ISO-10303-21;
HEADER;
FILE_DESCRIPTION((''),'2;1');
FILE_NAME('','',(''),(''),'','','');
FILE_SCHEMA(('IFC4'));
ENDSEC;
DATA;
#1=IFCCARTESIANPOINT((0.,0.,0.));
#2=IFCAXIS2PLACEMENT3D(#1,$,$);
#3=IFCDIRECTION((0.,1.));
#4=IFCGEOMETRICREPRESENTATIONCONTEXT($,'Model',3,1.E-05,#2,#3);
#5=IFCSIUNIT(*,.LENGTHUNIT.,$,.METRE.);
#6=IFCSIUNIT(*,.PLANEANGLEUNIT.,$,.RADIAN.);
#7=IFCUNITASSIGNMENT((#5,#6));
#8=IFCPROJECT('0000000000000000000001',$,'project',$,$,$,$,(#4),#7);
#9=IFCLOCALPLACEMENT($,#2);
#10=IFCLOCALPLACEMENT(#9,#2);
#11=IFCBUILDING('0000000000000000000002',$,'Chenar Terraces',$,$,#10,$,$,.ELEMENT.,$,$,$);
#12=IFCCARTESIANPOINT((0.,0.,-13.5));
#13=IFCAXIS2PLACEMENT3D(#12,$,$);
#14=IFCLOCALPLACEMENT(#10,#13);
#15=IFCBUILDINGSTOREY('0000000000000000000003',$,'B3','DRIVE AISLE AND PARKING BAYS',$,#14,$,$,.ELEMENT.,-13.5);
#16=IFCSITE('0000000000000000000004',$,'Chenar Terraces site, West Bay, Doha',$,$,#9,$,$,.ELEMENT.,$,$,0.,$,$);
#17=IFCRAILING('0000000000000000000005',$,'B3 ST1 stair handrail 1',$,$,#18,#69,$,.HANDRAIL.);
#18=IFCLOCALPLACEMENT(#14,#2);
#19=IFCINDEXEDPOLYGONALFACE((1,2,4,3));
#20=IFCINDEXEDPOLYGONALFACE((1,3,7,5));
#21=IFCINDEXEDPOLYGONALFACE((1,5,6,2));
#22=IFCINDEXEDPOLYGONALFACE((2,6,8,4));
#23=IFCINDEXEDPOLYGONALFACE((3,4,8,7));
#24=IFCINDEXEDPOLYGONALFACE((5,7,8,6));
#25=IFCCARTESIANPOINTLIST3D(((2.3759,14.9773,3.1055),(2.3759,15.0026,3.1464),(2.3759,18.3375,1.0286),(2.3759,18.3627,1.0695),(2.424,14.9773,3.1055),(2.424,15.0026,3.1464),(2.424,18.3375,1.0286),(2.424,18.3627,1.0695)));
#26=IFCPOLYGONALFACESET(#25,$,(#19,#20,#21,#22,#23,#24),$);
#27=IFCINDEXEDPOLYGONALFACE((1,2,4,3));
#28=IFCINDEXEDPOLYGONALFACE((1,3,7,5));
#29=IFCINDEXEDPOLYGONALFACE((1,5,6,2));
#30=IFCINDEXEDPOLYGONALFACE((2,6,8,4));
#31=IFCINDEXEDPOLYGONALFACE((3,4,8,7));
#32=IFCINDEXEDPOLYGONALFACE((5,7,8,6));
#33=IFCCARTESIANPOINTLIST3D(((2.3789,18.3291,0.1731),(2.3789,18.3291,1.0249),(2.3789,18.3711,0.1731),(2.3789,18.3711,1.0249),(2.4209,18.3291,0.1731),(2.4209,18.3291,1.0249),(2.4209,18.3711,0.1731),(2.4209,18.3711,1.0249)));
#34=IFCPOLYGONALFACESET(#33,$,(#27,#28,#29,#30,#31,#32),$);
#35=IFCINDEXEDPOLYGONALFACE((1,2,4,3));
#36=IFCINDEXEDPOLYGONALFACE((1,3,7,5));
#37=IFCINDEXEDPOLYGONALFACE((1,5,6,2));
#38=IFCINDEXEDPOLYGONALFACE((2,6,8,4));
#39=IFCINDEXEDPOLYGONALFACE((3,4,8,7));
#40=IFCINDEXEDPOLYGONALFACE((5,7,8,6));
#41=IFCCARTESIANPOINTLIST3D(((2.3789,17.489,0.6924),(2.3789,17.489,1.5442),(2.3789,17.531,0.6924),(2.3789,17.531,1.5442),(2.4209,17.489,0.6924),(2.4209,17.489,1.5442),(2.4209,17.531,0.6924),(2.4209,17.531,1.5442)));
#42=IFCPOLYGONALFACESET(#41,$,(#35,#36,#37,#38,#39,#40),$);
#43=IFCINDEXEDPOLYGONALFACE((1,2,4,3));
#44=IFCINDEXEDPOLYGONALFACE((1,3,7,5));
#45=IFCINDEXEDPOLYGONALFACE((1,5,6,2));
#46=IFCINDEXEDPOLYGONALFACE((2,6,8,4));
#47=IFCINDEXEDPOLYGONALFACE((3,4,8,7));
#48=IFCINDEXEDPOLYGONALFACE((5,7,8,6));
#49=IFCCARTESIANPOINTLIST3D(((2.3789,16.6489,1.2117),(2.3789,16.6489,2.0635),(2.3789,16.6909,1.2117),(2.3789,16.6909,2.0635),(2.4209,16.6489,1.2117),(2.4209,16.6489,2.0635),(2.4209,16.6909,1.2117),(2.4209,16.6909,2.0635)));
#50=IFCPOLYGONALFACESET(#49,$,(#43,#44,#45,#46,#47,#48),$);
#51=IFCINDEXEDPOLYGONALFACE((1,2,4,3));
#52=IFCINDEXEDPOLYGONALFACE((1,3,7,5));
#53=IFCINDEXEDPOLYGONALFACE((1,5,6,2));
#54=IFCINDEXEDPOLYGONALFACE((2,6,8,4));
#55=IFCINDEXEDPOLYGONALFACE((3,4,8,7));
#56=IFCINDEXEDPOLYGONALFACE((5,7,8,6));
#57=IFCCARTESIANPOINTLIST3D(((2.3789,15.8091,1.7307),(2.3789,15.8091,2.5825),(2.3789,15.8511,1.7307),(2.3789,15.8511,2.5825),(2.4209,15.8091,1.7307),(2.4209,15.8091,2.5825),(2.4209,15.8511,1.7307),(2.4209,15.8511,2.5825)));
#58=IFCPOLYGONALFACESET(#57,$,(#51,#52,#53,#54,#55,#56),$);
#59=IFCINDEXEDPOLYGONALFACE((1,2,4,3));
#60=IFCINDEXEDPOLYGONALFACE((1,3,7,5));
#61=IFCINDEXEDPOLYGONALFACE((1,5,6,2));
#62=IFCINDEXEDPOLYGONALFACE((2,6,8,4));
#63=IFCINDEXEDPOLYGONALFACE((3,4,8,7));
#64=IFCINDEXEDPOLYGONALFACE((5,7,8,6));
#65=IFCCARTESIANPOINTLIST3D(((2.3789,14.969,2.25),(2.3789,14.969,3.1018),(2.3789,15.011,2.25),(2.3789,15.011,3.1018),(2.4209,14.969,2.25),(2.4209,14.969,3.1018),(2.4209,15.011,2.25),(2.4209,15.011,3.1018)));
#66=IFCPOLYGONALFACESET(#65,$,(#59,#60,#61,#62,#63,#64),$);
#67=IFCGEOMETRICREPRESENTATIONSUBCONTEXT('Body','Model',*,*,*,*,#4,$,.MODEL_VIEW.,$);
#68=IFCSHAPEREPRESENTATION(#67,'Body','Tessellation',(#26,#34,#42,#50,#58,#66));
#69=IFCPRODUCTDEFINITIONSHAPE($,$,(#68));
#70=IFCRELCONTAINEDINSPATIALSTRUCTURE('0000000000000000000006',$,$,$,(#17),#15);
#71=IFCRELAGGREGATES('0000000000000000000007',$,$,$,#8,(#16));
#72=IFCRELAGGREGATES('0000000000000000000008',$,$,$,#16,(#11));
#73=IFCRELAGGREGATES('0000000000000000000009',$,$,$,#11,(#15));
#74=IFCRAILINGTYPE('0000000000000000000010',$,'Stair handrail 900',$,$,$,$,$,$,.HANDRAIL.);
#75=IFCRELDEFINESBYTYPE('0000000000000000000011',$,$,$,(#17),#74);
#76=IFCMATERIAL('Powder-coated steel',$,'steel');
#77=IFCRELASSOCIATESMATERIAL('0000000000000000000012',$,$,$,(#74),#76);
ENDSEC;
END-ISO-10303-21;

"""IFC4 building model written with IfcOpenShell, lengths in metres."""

from ifc_helpers import new_model, si_unit, direction, frame, origin, origin_2d, place, context, subcontext, project, spatial, rectangle, extrude, material, type_object, element, save


model = new_model("IFC4")

# Units and contexts
model_context = context("Model", 3, precision=1e-05, world=origin(), true_north=direction((0.0, 1.0)))
body_context = subcontext(model_context, "Body", "Model", "MODEL_VIEW")
ifc_project = project(units=[si_unit("LENGTHUNIT", "METRE"), si_unit("PLANEANGLEUNIT", "RADIAN")], contexts=[model_context])

# Site, building, storey
site_placement = place(None, origin())
site = spatial("IfcSite", under=ifc_project, at=site_placement, Name="Chenar Terraces site, West Bay, Doha", CompositionType="ELEMENT", RefElevation=0.0)
building_placement = place(site_placement, origin())
building = spatial("IfcBuilding", under=site, at=building_placement, Name="Chenar Terraces", CompositionType="ELEMENT")
storey_placement = place(building_placement, frame((0.0, 0.0, -13.5)))
storey = spatial("IfcBuildingStorey", under=building, at=storey_placement, Name="B3", Description="DRIVE AISLE AND PARKING BAYS", CompositionType="ELEMENT", Elevation=-13.5)

# Railing
ifc_material_1 = material(Name="Powder-coated steel", Category="steel")
railing_type_1 = type_object("IfcRailingType", Name="Stair handrail 900", PredefinedType="HANDRAIL", material=ifc_material_1)
railing_1_placement = place(storey_placement, frame((2.3999, 18.3501, 0.1731)))
element("IfcRailing", 1, at=railing_1_placement, inside=storey, type_object=railing_type_1, Name="B3 ST1 stair handrail 1", PredefinedType="HANDRAIL", context=body_context, shape_type="SweptSolid", body=[
    extrude(rectangle(XDim=0.0481, YDim=0.0481, at=origin_2d()), frame((0.0, 0.0, 0.876), z_axis=(0.0, -0.850623, 0.525776), x_axis=(1.0, 0.0, 0.0)), (0.0, 0.0, 1.0), 3.9502),
    extrude(rectangle(XDim=0.042, YDim=0.042, at=origin_2d()), origin(), (0.0, 0.0, 1.0), 0.8518),
    extrude(rectangle(XDim=0.042, YDim=0.042, at=origin_2d()), frame((0.0, -0.8401, 0.5193)), (0.0, 0.0, 1.0), 0.8518),
    extrude(rectangle(XDim=0.042, YDim=0.042, at=origin_2d()), frame((0.0, -1.6802, 1.0386)), (0.0, 0.0, 1.0), 0.8518),
    extrude(rectangle(XDim=0.042, YDim=0.042, at=origin_2d()), frame((0.0, -2.52, 1.5576)), (0.0, 0.0, 1.0), 0.8518),
    extrude(rectangle(XDim=0.042, YDim=0.042, at=origin_2d()), frame((0.0, -3.3601, 2.0769)), (0.0, 0.0, 1.0), 0.8518),
])

save(model, "model.ifc")
